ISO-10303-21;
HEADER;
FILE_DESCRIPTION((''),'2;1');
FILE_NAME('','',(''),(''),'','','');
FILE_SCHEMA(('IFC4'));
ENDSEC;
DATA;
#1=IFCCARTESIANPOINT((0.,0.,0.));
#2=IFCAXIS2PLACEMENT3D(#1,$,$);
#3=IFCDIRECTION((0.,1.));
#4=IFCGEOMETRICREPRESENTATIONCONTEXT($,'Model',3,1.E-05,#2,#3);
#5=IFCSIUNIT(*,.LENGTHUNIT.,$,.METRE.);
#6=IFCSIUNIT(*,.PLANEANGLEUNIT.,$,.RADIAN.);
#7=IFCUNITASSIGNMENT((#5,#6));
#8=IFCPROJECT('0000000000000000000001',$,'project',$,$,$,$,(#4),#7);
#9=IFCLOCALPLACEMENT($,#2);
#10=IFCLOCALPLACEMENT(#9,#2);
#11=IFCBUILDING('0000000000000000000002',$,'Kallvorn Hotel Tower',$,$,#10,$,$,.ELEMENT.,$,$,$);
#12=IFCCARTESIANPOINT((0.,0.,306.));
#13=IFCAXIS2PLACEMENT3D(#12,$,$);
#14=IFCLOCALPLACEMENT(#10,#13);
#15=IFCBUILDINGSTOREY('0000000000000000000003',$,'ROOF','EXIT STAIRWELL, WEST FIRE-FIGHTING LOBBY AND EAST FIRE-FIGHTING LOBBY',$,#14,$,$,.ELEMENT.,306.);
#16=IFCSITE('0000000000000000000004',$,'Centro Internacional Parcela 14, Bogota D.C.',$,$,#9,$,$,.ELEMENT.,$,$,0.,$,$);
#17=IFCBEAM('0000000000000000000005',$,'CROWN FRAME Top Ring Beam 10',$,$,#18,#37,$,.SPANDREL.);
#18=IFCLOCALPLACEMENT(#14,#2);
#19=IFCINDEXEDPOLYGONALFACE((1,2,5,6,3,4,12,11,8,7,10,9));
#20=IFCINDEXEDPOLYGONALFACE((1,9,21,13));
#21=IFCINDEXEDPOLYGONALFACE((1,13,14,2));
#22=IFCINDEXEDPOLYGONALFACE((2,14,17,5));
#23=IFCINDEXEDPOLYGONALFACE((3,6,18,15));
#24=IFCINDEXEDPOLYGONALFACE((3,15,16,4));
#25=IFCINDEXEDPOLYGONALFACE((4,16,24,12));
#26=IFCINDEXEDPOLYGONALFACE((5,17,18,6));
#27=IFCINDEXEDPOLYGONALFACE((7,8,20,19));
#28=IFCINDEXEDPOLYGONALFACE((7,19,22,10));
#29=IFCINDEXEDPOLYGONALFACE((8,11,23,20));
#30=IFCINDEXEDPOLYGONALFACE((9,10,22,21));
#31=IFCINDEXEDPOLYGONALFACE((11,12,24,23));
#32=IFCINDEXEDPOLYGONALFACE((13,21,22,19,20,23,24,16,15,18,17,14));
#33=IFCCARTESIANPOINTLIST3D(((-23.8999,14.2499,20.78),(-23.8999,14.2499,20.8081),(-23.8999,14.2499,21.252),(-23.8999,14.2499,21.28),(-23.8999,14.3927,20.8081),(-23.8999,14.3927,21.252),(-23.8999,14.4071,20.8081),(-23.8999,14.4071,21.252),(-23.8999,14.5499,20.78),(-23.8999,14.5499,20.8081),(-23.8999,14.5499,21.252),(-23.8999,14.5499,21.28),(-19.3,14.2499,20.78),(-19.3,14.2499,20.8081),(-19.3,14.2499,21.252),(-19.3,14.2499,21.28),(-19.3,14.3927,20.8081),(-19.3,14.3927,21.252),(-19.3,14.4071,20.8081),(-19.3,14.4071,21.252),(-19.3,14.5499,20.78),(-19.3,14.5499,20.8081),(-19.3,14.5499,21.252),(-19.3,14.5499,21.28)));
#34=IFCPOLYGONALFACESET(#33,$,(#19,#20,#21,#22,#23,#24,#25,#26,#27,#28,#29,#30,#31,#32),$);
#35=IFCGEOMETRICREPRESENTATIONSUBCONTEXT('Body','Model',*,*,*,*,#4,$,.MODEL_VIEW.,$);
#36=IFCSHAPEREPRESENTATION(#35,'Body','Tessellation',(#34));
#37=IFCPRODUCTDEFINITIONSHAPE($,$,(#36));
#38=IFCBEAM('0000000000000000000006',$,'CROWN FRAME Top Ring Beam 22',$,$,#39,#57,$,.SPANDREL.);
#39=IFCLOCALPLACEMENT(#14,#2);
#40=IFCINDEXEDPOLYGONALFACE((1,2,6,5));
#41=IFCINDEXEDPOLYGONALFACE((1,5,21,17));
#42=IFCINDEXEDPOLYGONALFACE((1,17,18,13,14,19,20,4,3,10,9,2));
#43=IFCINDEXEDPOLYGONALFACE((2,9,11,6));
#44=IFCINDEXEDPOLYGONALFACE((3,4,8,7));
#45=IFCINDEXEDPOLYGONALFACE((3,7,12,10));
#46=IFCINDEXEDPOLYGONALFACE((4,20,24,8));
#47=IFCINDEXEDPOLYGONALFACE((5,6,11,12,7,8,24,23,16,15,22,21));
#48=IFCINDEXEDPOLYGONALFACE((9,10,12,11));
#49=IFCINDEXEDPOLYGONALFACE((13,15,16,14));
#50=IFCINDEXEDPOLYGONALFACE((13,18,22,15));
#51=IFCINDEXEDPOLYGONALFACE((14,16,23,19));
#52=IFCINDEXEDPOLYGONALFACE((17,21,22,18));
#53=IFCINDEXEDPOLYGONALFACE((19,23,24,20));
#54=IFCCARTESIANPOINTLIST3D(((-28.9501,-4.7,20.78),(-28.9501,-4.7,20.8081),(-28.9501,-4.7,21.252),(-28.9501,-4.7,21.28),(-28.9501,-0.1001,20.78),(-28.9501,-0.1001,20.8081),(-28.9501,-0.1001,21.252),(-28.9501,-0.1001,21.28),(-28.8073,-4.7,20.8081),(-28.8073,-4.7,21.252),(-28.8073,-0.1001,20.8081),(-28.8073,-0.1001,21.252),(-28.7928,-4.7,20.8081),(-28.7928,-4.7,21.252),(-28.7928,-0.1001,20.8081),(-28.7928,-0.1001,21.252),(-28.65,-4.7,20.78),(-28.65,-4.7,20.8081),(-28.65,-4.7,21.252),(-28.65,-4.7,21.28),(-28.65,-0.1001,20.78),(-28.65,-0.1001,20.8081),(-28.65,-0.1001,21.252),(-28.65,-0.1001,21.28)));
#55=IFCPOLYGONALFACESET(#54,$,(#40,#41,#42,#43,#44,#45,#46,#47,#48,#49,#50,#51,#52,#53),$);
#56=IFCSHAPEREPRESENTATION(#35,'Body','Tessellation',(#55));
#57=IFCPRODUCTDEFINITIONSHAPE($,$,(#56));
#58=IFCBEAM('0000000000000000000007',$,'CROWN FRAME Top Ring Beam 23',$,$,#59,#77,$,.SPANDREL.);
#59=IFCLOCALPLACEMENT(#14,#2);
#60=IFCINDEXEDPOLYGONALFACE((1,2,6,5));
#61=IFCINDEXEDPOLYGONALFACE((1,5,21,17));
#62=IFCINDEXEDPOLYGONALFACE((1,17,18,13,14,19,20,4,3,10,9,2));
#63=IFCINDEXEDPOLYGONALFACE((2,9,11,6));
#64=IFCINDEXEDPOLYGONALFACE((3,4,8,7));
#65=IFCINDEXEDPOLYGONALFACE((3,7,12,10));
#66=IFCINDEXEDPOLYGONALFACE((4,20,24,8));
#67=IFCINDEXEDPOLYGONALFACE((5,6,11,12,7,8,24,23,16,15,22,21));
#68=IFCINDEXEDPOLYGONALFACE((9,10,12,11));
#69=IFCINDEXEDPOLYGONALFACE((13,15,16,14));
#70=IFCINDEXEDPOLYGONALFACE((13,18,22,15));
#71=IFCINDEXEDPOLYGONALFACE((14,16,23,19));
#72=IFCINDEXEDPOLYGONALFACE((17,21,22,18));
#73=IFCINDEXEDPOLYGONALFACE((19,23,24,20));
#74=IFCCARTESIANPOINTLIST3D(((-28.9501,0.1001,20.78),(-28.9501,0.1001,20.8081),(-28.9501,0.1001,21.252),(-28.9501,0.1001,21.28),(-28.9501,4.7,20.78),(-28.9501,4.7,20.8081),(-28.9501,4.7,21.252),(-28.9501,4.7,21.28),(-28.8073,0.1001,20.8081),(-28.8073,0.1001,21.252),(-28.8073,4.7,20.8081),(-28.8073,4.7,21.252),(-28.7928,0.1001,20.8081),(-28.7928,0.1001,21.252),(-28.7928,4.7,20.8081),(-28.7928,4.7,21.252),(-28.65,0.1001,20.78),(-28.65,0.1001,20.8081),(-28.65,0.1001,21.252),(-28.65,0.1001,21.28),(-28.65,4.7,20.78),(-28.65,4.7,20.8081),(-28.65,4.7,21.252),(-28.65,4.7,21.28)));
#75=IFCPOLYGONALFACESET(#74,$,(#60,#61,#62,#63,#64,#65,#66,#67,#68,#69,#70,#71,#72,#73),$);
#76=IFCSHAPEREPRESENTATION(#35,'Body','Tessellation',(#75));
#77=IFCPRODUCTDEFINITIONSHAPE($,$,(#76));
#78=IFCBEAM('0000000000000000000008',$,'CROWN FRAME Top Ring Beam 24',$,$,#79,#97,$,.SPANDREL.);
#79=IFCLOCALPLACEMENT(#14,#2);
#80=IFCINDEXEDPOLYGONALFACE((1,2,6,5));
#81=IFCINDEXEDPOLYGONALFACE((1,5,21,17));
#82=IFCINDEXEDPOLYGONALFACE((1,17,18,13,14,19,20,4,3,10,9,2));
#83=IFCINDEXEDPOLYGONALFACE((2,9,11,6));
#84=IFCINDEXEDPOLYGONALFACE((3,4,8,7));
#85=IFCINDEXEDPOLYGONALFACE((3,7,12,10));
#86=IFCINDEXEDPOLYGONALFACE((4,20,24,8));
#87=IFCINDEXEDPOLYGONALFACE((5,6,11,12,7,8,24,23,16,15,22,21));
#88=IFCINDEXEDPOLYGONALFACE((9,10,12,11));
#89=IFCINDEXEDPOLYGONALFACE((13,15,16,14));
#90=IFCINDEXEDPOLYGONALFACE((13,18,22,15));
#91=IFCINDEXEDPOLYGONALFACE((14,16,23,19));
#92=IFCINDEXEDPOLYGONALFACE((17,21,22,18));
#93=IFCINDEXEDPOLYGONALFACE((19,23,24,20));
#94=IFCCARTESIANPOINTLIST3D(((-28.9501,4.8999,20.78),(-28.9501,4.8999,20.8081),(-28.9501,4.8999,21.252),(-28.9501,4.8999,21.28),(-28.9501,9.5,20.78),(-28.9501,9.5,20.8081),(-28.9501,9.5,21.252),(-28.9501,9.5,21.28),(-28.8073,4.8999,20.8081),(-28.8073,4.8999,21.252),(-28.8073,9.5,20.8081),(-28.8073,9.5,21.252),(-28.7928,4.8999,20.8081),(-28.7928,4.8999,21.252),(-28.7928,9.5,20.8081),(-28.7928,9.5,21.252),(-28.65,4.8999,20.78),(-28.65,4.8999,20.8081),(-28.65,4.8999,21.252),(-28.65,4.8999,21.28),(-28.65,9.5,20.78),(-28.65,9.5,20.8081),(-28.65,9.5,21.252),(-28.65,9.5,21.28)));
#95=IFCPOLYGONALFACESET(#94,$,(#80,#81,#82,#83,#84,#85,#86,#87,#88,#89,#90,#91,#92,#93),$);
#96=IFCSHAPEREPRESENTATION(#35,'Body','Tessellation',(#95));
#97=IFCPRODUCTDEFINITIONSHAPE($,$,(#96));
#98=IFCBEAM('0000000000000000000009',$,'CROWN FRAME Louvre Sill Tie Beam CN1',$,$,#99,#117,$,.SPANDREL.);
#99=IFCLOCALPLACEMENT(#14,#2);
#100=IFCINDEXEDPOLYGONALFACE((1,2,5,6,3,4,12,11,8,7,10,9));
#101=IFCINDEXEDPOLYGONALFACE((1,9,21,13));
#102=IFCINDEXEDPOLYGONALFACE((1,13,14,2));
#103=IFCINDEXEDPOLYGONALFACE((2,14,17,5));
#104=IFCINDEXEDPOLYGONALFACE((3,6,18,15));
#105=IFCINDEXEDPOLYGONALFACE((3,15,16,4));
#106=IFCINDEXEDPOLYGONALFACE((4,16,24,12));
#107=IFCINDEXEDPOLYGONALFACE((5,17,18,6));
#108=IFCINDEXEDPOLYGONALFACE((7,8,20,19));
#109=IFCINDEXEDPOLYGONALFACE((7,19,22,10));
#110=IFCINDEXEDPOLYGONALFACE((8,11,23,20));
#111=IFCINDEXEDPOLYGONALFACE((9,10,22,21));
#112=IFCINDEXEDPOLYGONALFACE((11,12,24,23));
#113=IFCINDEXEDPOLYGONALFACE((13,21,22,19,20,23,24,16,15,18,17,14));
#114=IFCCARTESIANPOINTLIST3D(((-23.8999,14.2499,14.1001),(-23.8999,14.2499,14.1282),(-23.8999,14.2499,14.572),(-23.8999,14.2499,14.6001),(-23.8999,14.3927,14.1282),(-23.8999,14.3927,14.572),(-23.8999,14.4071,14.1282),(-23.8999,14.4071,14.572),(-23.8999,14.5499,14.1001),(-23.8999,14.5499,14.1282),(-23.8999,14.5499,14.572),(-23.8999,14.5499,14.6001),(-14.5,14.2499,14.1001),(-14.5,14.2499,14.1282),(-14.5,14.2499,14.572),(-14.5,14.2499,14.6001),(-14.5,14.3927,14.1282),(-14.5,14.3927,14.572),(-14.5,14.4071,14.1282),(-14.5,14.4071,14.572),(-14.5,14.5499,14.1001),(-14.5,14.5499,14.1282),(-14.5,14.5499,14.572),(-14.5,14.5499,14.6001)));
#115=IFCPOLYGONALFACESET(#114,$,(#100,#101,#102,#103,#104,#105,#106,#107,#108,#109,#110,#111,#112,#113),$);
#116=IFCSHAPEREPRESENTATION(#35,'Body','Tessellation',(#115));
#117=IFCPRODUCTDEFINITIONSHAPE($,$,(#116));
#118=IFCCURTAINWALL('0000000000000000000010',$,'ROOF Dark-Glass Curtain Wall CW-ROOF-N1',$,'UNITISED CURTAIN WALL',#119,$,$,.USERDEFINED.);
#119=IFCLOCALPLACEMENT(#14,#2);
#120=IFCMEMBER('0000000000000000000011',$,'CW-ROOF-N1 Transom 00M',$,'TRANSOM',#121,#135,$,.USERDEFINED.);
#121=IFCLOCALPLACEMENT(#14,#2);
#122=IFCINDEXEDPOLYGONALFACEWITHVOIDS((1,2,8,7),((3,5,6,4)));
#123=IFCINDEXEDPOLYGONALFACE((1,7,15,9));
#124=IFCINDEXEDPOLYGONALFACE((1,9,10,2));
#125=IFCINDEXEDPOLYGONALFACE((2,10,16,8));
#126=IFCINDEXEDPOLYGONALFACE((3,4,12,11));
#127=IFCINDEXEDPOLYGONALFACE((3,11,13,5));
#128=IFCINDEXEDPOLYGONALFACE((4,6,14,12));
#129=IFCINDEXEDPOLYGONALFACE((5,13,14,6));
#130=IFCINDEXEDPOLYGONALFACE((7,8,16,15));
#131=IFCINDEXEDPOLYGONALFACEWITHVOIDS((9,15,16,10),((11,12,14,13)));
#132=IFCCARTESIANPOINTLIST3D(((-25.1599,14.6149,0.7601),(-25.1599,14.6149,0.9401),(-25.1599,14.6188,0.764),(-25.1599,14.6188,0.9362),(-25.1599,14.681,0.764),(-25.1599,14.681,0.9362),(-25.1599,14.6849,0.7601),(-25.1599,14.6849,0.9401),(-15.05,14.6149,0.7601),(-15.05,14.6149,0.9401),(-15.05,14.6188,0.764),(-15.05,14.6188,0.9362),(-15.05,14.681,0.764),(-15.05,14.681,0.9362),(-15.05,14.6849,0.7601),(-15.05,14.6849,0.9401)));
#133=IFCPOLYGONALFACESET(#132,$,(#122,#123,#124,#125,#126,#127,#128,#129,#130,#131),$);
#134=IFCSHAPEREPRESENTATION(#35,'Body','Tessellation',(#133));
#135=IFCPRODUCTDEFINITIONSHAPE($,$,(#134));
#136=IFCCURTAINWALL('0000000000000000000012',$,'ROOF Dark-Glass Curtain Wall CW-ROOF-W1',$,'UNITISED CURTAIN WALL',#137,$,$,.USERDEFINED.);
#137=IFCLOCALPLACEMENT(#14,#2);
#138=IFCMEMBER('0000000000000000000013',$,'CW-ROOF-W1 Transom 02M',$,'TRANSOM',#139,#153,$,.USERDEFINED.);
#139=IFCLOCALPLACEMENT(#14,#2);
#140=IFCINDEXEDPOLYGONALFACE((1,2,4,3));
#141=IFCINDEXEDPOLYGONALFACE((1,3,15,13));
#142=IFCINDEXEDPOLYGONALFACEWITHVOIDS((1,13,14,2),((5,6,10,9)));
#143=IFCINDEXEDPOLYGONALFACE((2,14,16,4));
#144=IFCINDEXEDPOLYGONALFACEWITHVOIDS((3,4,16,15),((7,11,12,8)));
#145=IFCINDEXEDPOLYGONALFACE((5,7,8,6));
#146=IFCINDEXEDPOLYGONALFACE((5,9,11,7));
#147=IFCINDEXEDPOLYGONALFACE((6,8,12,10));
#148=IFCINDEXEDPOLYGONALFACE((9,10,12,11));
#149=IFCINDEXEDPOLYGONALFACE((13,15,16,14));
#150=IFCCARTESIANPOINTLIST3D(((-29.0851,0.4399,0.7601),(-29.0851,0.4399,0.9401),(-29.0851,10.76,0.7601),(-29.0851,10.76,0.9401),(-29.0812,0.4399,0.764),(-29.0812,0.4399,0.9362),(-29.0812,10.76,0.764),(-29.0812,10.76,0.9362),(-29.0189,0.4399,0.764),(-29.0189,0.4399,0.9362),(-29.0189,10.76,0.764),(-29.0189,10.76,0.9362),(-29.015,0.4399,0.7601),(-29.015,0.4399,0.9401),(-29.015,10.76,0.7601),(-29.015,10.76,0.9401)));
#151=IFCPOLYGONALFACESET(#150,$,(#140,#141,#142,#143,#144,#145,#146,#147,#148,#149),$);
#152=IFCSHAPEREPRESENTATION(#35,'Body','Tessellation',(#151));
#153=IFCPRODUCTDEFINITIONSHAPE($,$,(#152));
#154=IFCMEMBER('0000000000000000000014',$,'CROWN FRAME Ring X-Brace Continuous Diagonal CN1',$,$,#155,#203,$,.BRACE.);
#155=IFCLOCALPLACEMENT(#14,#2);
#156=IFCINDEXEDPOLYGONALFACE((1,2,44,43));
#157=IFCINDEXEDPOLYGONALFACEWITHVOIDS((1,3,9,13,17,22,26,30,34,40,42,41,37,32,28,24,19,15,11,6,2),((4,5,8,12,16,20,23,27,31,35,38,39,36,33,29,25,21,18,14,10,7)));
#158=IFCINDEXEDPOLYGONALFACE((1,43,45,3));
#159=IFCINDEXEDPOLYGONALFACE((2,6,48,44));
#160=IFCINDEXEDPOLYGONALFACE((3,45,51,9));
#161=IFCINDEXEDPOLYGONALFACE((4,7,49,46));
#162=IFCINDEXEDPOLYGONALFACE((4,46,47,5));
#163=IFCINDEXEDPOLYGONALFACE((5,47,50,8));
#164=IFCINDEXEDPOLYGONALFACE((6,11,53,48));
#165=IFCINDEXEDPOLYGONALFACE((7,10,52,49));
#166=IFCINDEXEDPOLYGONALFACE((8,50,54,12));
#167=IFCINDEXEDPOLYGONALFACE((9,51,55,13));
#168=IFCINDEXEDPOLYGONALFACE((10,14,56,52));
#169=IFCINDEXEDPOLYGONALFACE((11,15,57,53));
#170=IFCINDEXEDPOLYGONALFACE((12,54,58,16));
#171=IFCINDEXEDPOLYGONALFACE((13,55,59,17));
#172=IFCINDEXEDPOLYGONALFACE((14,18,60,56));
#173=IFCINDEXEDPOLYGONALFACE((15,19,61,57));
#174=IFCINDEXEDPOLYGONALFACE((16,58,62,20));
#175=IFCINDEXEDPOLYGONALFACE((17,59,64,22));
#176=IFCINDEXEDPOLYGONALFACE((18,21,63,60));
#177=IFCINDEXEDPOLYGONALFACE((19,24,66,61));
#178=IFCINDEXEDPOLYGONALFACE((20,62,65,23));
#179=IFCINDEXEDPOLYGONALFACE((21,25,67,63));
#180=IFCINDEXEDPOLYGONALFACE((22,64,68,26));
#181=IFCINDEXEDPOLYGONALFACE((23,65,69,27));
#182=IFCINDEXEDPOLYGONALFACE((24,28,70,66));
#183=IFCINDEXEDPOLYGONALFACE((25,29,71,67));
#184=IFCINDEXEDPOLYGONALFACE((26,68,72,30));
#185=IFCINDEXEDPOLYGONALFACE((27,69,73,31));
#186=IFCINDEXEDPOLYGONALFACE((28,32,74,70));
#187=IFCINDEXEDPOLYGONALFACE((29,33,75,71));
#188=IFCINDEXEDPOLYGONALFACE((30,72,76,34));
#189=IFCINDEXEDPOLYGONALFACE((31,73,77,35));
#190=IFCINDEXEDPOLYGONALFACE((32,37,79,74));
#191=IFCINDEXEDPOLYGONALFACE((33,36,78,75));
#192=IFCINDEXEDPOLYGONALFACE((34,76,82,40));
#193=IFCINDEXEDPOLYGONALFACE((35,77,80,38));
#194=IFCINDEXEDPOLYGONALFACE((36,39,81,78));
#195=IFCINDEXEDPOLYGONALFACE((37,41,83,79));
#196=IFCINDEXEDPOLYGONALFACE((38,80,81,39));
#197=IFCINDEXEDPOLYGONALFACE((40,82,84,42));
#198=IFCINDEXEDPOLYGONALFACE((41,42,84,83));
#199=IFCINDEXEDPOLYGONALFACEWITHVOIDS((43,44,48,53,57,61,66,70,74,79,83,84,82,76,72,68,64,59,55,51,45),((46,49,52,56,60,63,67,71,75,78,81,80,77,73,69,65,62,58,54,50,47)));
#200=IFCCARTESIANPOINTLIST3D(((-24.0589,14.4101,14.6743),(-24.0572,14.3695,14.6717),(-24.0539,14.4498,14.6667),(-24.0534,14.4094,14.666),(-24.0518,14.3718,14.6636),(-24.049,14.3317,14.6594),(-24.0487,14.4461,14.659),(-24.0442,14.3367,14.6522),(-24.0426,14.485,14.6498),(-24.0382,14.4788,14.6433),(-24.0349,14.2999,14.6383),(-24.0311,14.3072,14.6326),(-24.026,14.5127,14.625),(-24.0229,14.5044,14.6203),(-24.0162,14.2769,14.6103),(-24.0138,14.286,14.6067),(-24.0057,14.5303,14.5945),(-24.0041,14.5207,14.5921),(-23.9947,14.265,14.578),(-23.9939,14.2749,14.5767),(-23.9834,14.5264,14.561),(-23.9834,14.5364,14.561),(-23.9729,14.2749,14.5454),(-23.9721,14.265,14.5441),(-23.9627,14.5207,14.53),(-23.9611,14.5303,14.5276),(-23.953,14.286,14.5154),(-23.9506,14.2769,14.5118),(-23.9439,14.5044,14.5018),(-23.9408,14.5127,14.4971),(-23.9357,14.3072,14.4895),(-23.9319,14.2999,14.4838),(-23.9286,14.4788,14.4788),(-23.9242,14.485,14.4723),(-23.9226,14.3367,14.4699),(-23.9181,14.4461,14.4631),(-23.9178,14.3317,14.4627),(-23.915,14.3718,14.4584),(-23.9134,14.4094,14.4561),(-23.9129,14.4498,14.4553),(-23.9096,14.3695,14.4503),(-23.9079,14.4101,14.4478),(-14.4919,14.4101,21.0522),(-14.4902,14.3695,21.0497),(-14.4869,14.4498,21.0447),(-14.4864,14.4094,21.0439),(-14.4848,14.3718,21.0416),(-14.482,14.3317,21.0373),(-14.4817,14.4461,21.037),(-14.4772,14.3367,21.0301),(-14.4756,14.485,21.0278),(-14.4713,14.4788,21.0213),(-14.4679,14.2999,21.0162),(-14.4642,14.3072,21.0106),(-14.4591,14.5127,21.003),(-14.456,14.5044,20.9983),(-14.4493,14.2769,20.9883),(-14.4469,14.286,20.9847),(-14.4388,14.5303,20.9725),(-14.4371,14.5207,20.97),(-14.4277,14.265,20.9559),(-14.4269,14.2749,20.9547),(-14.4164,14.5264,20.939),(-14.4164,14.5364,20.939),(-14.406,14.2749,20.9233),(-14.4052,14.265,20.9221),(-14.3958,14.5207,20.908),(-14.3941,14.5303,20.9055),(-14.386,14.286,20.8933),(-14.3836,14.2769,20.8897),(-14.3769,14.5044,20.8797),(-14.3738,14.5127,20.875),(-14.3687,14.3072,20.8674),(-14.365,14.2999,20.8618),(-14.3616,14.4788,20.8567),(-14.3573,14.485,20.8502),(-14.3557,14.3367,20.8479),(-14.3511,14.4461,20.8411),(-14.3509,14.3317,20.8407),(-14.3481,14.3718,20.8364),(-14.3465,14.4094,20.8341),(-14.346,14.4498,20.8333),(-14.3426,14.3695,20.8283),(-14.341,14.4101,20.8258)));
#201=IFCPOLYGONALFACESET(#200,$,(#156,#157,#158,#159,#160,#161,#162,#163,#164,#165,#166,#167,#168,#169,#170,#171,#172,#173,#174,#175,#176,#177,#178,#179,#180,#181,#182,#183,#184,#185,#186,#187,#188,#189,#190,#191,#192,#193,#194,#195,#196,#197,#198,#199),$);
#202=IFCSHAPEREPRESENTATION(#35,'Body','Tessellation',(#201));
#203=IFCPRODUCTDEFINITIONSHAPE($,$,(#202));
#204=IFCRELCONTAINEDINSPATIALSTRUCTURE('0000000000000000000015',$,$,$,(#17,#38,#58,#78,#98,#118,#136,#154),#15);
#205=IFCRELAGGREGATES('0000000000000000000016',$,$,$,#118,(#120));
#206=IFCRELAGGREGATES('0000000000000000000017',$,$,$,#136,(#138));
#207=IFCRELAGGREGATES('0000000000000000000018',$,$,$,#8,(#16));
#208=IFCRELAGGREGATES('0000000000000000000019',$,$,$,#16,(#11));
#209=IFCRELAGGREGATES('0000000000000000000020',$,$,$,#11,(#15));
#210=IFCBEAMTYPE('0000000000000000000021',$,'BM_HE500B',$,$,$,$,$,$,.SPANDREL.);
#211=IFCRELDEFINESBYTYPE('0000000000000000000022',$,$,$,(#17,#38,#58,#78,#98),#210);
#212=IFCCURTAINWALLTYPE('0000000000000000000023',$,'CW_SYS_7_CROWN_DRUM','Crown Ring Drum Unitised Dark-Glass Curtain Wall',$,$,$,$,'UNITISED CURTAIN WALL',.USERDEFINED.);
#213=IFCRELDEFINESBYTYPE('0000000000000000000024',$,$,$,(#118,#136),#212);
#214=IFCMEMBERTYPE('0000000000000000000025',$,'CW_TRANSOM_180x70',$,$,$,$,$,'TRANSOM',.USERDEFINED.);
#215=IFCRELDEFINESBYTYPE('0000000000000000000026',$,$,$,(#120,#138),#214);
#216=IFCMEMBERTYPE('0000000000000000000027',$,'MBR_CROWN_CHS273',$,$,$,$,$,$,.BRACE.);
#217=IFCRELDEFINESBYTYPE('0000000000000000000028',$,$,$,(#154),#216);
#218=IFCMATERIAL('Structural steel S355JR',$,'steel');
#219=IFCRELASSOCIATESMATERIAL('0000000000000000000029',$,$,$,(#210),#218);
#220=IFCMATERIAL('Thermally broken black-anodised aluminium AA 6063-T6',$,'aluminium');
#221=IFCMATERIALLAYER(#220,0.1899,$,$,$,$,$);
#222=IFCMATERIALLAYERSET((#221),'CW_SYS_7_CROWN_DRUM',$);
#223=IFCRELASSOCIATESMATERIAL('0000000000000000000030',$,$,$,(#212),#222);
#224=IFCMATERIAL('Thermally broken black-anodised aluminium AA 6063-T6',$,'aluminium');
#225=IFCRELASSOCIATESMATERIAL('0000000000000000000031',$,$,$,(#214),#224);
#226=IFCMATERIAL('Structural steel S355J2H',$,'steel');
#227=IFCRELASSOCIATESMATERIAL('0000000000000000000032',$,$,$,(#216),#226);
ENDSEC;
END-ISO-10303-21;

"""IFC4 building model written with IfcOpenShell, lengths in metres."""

from ifc_helpers import new_model, si_unit, direction, frame, origin, origin_2d, place, context, subcontext, project, spatial, hollow_rectangle, hollow_circle, i_section, extrude, material, layer, layer_set, material_profile, profile_set, type_object, element, aggregate, save


model = new_model("IFC4")

# Units and contexts
model_context = context("Model", 3, precision=1e-05, world=origin(), true_north=direction((0.0, 1.0)))
body_context = subcontext(model_context, "Body", "Model", "MODEL_VIEW")
ifc_project = project(units=[si_unit("LENGTHUNIT", "METRE"), si_unit("PLANEANGLEUNIT", "RADIAN")], contexts=[model_context])

# Site, building, storey
site_placement = place(None, origin())
site = spatial("IfcSite", under=ifc_project, at=site_placement, Name="Centro Internacional Parcela 14, Bogota D.C.", CompositionType="ELEMENT", RefElevation=0.0)
building_placement = place(site_placement, origin())
building = spatial("IfcBuilding", under=site, at=building_placement, Name="Kallvorn Hotel Tower", CompositionType="ELEMENT")
storey_placement = place(building_placement, frame((0.0, 0.0, 306.0)))
storey = spatial("IfcBuildingStorey", under=building, at=storey_placement, Name="ROOF", Description="EXIT STAIRWELL, WEST FIRE-FIGHTING LOBBY AND EAST FIRE-FIGHTING LOBBY", CompositionType="ELEMENT", Elevation=306.0)

# Beams
ifc_material_1 = material(Name="Structural steel S355JR", Category="steel")
ifc_material_profile_1 = material_profile(ifc_material_1, i_section(OverallWidth=0.3, OverallDepth=0.5, WebThickness=0.0144, FlangeThickness=0.0281, at=origin_2d()), Name="HE 500 B")
ifc_profile_set_1 = profile_set([ifc_material_profile_1], Name="Structural steel S355JR")
beam_type = type_object("IfcBeamType", Name="BM_HE500B", PredefinedType="SPANDREL", material=ifc_profile_set_1)
for number, where, z_axis, x_axis, name in (
    (1, (-23.8999, 14.3999, 21.03), (1.0, 0.0, 0.0), (0.0, 1.0, 0.0), "CROWN FRAME Top Ring Beam 10"),
    (2, (-28.8, -4.7, 21.03), (0.0, 1.0, 0.0), (-1.0, 0.0, 0.0), "CROWN FRAME Top Ring Beam 22"),
    (3, (-28.8, 0.1001, 21.03), (0.0, 1.0, 0.0), (-1.0, 0.0, 0.0), "CROWN FRAME Top Ring Beam 23"),
):
    element("IfcBeam", number, at=place(storey_placement, frame(where, z_axis=z_axis, x_axis=x_axis)), inside=storey, type_object=beam_type, Name=name, PredefinedType="SPANDREL", context=body_context, shape_type="SweptSolid", body=[
        extrude(i_section(OverallWidth=0.3, OverallDepth=0.5, WebThickness=0.0144, FlangeThickness=0.0281, at=origin_2d()), origin(), (0.0, 0.0, 1.0), 4.5999),
    ])
beam_1_placement = place(storey_placement, frame((-28.8, 4.8999, 21.03), z_axis=(0.0, 1.0, 0.0), x_axis=(-1.0, 0.0, 0.0)))
element("IfcBeam", 4, at=beam_1_placement, inside=storey, type_object=beam_type, Name="CROWN FRAME Top Ring Beam 24", PredefinedType="SPANDREL", context=body_context, shape_type="SweptSolid", body=[
    extrude(i_section(OverallWidth=0.3, OverallDepth=0.5, WebThickness=0.0144, FlangeThickness=0.0281, at=origin_2d()), origin(), (0.0, 0.0, 1.0), 4.6001),
])
beam_2_placement = place(storey_placement, frame((-23.8999, 14.3999, 14.3501), z_axis=(1.0, 0.0, 0.0), x_axis=(0.0, 1.0, 0.0)))
element("IfcBeam", 5, at=beam_2_placement, inside=storey, type_object=beam_type, Name="CROWN FRAME Louvre Sill Tie Beam CN1", PredefinedType="SPANDREL", context=body_context, shape_type="SweptSolid", body=[
    extrude(i_section(OverallWidth=0.3, OverallDepth=0.5, WebThickness=0.0144, FlangeThickness=0.0281, at=origin_2d()), origin(), (0.0, 0.0, 1.0), 9.3999),
])

# Curtain walls, members
ifc_material_2 = material(Name="Thermally broken black-anodised aluminium AA 6063-T6", Category="aluminium")
ifc_layer_1 = layer(ifc_material_2, 0.1899)
ifc_layer_set_1 = layer_set([ifc_layer_1], Name="CW_SYS_7_CROWN_DRUM")
curtain_wall_type = type_object("IfcCurtainWallType", Name="CW_SYS_7_CROWN_DRUM", Description="Crown Ring Drum Unitised Dark-Glass Curtain Wall", ElementType="UNITISED CURTAIN WALL", PredefinedType="USERDEFINED", material=ifc_layer_set_1)
curtain_wall_1_placement = place(storey_placement, origin())
curtain_wall_1 = element("IfcCurtainWall", 6, at=curtain_wall_1_placement, inside=storey, type_object=curtain_wall_type, Name="ROOF Dark-Glass Curtain Wall CW-ROOF-N1", ObjectType="UNITISED CURTAIN WALL", PredefinedType="USERDEFINED")
ifc_material_3 = material(Name="Thermally broken black-anodised aluminium AA 6063-T6", Category="aluminium")
ifc_material_profile_2 = material_profile(ifc_material_3, hollow_rectangle(XDim=0.0701, YDim=0.1799, WallThickness=0.0039, at=origin_2d()), Name="TRN 180x70")
ifc_profile_set_2 = profile_set([ifc_material_profile_2], Name="Thermally broken black-anodised aluminium AA 6063-T6")
member_type_1 = type_object("IfcMemberType", Name="CW_TRANSOM_180x70", ElementType="TRANSOM", PredefinedType="USERDEFINED", material=ifc_profile_set_2)
member_1_placement = place(storey_placement, frame((-25.1599, 14.6499, 0.8501), z_axis=(1.0, 0.0, 0.0), x_axis=(0.0, 1.0, 0.0)))
member_1 = element("IfcMember", 7, at=member_1_placement, type_object=member_type_1, Name="CW-ROOF-N1 Transom 00M", ObjectType="TRANSOM", PredefinedType="USERDEFINED", context=body_context, shape_type="SweptSolid", body=[
    extrude(hollow_rectangle(XDim=0.0701, YDim=0.1799, WallThickness=0.0039, at=origin_2d()), origin(), (0.0, 0.0, 1.0), 10.1099),
])
aggregate(curtain_wall_1, [member_1])
curtain_wall_2_placement = place(storey_placement, origin())
curtain_wall_2 = element("IfcCurtainWall", 8, at=curtain_wall_2_placement, inside=storey, type_object=curtain_wall_type, Name="ROOF Dark-Glass Curtain Wall CW-ROOF-W1", ObjectType="UNITISED CURTAIN WALL", PredefinedType="USERDEFINED")
member_2_placement = place(storey_placement, frame((-29.05, 0.4399, 0.8501), z_axis=(0.0, 1.0, 0.0), x_axis=(-1.0, 0.0, 0.0)))
member_2 = element("IfcMember", 9, at=member_2_placement, type_object=member_type_1, Name="CW-ROOF-W1 Transom 02M", ObjectType="TRANSOM", PredefinedType="USERDEFINED", context=body_context, shape_type="SweptSolid", body=[
    extrude(hollow_rectangle(XDim=0.0701, YDim=0.1799, WallThickness=0.0039, at=origin_2d()), origin(), (0.0, 0.0, 1.0), 10.3201),
])

# Member
ifc_material_4 = material(Name="Structural steel S355J2H", Category="steel")
ifc_material_profile_3 = material_profile(ifc_material_4, hollow_circle(Radius=0.1365, WallThickness=0.01, at=origin_2d()), Name="CHS 273x10")
ifc_profile_set_3 = profile_set([ifc_material_profile_3], Name="Structural steel S355J2H")
member_type_2 = type_object("IfcMemberType", Name="MBR_CROWN_CHS273", PredefinedType="BRACE", material=ifc_profile_set_3)
member_3_placement = place(storey_placement, frame((-23.9834, 14.3999, 14.561), z_axis=(0.83205, 0.0, 0.5547), x_axis=(0.0, 1.0, 0.0)))
element("IfcMember", 10, at=member_3_placement, inside=storey, type_object=member_type_2, Name="CROWN FRAME Ring X-Brace Continuous Diagonal CN1", PredefinedType="BRACE", context=body_context, shape_type="SweptSolid", body=[
    extrude(hollow_circle(Radius=0.1365, WallThickness=0.01, at=origin_2d()), origin(), (0.0, 0.0, 1.0), 11.498),
])

aggregate(curtain_wall_2, [member_2])

save(model, "model.ifc")
